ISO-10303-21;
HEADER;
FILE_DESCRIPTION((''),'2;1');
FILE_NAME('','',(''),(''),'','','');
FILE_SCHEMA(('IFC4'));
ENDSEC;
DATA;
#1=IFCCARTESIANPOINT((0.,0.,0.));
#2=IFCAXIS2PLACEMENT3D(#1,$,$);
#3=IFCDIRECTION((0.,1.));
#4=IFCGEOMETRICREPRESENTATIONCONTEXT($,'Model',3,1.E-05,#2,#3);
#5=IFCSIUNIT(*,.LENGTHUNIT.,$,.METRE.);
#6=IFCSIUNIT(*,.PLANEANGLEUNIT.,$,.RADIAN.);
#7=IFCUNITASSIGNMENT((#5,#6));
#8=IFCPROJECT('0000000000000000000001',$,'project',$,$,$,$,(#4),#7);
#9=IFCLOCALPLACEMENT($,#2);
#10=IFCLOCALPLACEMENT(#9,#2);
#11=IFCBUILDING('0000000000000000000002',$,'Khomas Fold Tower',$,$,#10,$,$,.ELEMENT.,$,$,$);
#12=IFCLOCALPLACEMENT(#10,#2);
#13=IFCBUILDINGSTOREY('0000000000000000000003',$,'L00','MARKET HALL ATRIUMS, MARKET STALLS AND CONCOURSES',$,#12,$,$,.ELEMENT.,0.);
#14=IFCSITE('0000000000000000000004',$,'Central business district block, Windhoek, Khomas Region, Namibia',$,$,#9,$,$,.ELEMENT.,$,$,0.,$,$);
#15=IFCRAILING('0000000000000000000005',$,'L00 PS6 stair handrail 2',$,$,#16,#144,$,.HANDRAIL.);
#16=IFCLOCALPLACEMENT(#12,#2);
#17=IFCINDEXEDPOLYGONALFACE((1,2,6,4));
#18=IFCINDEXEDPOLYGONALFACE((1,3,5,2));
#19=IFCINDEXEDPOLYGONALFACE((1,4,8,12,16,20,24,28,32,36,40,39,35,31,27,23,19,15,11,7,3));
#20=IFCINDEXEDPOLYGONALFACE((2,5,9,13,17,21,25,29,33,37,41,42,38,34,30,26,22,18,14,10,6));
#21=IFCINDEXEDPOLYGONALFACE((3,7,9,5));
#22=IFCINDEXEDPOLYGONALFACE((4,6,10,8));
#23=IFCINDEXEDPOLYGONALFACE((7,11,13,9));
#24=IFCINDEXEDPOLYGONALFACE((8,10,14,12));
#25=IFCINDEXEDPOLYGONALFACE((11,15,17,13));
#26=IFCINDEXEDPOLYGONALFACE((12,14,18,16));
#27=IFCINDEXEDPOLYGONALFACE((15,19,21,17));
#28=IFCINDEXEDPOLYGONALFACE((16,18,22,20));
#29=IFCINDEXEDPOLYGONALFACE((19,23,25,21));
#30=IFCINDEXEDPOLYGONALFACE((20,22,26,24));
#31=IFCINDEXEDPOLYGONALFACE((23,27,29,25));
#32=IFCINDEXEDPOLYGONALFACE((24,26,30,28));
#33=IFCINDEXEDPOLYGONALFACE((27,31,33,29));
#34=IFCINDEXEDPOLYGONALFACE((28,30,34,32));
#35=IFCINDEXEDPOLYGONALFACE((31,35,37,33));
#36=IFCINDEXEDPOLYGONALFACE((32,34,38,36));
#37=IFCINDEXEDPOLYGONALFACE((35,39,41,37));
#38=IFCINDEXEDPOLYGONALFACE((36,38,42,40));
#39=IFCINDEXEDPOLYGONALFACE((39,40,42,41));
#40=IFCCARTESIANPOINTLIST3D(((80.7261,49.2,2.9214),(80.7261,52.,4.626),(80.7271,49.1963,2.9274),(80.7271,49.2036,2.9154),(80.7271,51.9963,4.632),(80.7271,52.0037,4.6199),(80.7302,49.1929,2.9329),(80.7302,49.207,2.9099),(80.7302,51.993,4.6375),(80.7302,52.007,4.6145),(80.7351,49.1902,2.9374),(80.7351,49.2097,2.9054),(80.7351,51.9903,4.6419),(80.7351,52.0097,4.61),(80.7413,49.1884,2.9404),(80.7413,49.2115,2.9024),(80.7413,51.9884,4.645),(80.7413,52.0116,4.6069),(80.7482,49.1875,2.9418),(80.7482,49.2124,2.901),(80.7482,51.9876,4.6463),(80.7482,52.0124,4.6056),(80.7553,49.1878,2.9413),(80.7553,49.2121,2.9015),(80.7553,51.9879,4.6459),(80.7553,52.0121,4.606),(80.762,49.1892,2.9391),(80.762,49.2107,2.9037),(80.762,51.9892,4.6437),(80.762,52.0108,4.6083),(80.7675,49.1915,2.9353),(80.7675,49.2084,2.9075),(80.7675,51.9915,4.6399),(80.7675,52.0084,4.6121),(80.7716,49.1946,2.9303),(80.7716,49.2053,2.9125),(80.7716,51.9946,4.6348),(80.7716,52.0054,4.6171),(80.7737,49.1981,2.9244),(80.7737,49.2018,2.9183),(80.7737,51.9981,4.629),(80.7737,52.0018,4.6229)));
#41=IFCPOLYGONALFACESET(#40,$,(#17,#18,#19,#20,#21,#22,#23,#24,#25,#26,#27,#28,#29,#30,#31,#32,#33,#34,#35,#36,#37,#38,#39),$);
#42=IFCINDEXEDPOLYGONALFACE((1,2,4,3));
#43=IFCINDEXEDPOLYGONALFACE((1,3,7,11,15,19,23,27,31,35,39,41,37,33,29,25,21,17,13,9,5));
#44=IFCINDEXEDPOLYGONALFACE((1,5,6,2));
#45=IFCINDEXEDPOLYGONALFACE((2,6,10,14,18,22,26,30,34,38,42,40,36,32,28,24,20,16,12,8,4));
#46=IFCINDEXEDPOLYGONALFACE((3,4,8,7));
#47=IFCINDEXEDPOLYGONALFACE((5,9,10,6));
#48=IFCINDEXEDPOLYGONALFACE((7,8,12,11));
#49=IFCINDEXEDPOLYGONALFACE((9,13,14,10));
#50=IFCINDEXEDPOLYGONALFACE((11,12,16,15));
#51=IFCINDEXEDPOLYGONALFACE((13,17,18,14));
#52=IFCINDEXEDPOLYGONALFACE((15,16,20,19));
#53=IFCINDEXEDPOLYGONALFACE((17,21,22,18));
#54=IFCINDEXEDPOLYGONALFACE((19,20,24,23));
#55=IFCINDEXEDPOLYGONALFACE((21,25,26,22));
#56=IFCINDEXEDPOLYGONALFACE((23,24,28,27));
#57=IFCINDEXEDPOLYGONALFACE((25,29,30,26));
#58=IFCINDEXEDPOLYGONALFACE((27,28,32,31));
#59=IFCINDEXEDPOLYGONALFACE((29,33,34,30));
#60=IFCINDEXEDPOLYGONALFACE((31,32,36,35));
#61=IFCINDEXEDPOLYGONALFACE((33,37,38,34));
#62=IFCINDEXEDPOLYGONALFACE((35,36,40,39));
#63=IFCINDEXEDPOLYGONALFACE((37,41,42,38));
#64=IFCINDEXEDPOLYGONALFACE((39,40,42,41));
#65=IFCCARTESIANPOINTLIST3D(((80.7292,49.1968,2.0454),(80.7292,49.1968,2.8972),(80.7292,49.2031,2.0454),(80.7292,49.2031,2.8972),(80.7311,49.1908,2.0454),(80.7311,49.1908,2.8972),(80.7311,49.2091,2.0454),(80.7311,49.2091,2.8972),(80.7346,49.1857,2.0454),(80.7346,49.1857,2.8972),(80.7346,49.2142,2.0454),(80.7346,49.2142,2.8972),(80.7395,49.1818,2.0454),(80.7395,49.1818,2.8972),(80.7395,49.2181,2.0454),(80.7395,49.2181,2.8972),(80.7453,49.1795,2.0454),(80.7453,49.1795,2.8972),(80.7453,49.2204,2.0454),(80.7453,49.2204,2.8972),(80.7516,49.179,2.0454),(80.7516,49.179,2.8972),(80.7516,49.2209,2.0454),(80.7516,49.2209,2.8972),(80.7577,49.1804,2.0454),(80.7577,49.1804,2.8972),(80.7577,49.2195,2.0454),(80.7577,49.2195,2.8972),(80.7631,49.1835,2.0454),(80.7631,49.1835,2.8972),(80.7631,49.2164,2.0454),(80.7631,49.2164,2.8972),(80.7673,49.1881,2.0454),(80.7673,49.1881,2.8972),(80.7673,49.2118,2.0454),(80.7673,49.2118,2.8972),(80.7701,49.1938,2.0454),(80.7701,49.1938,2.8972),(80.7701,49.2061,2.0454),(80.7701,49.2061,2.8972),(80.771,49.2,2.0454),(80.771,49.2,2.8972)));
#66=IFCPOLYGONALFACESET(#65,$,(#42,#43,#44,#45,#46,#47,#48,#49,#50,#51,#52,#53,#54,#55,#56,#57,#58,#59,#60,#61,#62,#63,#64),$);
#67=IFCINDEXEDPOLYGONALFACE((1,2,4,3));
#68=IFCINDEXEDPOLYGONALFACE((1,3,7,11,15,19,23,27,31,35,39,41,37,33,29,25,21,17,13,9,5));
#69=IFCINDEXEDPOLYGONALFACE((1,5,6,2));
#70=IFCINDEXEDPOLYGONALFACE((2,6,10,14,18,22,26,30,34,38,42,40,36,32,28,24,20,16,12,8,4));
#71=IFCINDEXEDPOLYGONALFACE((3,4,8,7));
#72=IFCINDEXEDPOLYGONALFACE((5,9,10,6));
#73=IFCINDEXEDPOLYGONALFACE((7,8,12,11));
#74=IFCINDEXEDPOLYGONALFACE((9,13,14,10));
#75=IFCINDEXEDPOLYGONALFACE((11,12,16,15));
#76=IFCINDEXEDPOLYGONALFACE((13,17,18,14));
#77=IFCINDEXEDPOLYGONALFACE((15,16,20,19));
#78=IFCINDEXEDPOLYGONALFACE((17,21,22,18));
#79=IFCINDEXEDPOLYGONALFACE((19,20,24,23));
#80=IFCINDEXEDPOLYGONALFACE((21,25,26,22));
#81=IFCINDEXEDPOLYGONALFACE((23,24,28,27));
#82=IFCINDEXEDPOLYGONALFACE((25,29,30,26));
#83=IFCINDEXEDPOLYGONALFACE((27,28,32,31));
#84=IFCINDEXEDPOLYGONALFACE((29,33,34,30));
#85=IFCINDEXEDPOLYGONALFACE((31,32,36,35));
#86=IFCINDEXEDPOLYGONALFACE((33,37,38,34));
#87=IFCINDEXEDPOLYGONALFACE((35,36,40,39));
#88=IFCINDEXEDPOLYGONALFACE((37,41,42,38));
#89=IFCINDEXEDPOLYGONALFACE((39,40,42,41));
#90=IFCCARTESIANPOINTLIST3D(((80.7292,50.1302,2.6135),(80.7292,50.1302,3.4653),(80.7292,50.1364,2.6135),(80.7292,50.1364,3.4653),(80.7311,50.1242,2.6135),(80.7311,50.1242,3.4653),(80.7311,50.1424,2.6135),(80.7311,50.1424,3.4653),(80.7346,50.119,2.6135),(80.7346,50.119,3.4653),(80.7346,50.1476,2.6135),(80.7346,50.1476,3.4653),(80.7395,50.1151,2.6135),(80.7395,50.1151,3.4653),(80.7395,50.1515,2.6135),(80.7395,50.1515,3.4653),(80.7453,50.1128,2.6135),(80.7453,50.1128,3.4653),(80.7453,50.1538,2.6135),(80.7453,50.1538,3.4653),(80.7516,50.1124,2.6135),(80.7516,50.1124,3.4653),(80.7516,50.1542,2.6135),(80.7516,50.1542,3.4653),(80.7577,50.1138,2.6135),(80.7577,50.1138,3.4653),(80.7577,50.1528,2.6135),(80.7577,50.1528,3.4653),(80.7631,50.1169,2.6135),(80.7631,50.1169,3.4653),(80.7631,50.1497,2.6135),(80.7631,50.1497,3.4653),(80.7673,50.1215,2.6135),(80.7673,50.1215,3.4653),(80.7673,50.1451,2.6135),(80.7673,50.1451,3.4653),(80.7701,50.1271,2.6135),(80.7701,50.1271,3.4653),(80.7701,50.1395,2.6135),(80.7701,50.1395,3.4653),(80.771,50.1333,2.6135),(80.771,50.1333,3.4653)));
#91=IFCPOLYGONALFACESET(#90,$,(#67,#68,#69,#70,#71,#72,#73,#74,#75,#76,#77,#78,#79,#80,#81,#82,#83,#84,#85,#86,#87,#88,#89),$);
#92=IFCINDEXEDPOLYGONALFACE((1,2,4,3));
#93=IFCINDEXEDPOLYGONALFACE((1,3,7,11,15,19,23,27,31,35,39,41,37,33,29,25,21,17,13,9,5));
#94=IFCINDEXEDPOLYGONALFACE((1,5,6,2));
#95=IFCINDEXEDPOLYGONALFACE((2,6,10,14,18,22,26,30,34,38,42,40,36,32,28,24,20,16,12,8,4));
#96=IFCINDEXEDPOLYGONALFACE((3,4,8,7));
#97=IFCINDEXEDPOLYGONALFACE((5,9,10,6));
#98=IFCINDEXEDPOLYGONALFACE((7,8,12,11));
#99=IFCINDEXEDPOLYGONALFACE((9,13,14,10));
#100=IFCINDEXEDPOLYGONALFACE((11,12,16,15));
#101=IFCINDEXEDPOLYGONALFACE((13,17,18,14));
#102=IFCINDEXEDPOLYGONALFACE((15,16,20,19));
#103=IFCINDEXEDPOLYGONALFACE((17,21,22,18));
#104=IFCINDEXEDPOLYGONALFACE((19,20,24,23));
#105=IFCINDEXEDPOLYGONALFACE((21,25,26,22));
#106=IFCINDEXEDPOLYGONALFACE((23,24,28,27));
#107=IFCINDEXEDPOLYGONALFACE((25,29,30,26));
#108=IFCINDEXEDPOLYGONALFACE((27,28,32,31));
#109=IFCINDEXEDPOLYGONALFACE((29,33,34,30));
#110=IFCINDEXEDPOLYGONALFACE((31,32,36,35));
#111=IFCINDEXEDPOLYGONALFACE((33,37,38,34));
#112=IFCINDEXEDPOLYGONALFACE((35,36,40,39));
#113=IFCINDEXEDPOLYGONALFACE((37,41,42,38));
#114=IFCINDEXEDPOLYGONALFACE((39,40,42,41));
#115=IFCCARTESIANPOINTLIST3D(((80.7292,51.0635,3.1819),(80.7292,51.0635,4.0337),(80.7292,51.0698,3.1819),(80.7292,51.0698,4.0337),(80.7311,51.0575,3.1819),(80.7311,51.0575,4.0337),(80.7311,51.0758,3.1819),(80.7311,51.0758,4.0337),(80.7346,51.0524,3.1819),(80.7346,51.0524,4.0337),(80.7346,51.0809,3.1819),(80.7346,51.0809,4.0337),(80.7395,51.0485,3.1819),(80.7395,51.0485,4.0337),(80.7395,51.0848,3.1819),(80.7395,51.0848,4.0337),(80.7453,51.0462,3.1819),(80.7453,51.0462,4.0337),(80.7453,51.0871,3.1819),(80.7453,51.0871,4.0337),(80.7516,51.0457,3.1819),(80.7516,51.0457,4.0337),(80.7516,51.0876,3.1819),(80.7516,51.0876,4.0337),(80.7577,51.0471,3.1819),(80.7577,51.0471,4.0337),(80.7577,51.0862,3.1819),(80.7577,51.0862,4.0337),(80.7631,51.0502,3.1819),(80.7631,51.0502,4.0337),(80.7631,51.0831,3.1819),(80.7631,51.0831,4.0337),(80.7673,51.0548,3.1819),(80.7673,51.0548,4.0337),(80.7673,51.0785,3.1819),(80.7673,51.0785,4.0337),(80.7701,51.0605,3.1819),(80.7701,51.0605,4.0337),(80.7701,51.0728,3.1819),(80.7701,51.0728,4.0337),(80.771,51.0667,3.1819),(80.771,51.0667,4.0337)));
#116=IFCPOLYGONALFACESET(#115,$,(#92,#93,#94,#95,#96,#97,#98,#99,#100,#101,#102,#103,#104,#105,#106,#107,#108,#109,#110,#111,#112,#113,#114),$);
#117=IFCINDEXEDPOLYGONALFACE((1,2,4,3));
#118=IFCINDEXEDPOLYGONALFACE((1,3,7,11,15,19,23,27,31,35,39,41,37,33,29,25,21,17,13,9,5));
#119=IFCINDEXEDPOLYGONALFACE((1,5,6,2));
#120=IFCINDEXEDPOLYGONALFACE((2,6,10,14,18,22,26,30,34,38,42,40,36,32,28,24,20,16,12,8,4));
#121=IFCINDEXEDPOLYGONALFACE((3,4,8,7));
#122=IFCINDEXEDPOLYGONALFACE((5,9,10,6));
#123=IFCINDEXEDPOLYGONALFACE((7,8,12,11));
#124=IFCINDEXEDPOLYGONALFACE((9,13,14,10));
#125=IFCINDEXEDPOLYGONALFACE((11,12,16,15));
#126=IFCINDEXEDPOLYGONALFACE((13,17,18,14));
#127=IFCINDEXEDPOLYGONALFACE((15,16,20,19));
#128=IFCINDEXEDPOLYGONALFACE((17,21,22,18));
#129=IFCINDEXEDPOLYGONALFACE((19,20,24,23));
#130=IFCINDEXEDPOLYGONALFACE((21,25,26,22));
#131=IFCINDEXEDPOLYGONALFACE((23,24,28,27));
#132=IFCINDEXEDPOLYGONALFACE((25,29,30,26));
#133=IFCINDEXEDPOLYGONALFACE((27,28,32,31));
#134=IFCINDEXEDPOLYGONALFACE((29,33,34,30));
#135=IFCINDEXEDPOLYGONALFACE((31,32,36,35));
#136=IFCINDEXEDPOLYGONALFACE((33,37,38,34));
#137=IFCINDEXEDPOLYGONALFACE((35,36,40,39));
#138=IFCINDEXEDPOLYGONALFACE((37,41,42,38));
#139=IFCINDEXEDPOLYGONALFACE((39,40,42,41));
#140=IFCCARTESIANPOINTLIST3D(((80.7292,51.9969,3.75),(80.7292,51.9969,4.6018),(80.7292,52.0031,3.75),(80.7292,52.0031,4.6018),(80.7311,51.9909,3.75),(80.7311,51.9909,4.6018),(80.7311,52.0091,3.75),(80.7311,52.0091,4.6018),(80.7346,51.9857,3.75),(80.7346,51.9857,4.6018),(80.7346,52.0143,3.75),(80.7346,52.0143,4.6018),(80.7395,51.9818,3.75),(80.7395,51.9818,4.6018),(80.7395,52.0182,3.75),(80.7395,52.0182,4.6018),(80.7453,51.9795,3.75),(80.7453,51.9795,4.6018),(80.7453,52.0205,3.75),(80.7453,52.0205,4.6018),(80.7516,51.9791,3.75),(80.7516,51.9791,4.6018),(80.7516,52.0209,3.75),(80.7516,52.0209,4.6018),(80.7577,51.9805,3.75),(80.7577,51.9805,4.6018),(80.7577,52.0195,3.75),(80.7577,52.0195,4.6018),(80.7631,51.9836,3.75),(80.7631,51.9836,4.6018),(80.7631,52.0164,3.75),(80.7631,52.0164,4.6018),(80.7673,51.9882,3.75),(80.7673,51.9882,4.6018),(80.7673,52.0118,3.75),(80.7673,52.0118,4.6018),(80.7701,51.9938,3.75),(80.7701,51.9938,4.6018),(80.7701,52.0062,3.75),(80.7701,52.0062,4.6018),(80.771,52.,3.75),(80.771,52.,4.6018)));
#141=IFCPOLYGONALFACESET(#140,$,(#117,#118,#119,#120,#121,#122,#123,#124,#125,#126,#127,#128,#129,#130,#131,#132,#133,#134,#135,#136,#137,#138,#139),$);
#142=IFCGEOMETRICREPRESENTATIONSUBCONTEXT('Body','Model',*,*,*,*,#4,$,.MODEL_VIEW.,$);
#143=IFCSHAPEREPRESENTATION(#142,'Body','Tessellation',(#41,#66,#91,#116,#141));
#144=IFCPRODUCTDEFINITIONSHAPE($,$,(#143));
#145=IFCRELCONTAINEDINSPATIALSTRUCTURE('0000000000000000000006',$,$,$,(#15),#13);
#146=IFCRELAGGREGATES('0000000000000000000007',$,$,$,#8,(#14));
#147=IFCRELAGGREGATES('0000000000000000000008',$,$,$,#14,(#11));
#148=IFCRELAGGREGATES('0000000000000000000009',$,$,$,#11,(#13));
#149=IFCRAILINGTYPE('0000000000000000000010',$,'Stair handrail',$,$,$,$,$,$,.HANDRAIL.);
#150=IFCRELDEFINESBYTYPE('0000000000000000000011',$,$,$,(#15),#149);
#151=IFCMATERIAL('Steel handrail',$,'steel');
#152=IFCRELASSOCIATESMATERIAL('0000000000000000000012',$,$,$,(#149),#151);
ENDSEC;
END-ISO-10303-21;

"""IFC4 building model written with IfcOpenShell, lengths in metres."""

from ifc_helpers import new_model, si_unit, direction, frame, origin, origin_2d, place, context, subcontext, project, spatial, circle, extrude, source, transform, mapped, material, type_object, element, save


model = new_model("IFC4")

# Units and contexts
model_context = context("Model", 3, precision=1e-05, world=origin(), true_north=direction((0.0, 1.0)))
body_context = subcontext(model_context, "Body", "Model", "MODEL_VIEW")
ifc_project = project(units=[si_unit("LENGTHUNIT", "METRE"), si_unit("PLANEANGLEUNIT", "RADIAN")], contexts=[model_context])

# Site, building, storey
site_placement = place(None, origin())
site = spatial("IfcSite", under=ifc_project, at=site_placement, Name="Central business district block, Windhoek, Khomas Region, Namibia", CompositionType="ELEMENT", RefElevation=0.0)
building_placement = place(site_placement, origin())
building = spatial("IfcBuilding", under=site, at=building_placement, Name="Khomas Fold Tower", CompositionType="ELEMENT")
storey_placement = place(building_placement, origin())
storey = spatial("IfcBuildingStorey", under=building, at=storey_placement, Name="L00", Description="MARKET HALL ATRIUMS, MARKET STALLS AND CONCOURSES", CompositionType="ELEMENT", Elevation=0.0)

# Railing
ifc_material_1 = material(Name="Steel handrail", Category="steel")
railing_type_1 = type_object("IfcRailingType", Name="Stair handrail", PredefinedType="HANDRAIL", material=ifc_material_1)
shared_shape_1 = source(origin(), body_context, "Body", "SweptSolid", [
    extrude(circle(Radius=0.0239, at=origin_2d()), frame((0.0, 0.0, 0.876), z_axis=(0.0, 0.85417, 0.519994), x_axis=(-1.0, 0.0, 0.0)), (0.0, 0.0, 1.0), 3.2781),
    extrude(circle(Radius=0.021, at=origin_2d()), origin(), (0.0, 0.0, 1.0), 0.8518),
    extrude(circle(Radius=0.021, at=origin_2d()), frame((0.0, 0.9333, 0.5681)), (0.0, 0.0, 1.0), 0.8518),
    extrude(circle(Radius=0.021, at=origin_2d()), frame((0.0, 1.8667, 1.1365)), (0.0, 0.0, 1.0), 0.8518),
    extrude(circle(Radius=0.021, at=origin_2d()), frame((0.0, 2.8, 1.7046)), (0.0, 0.0, 1.0), 0.8518),
])
for number, where, name in (
    (1, (80.75, 49.2, 2.0454), "L00 PS6 stair handrail 2"),
):
    element("IfcRailing", number, at=place(storey_placement, frame(where)), inside=storey, type_object=railing_type_1, Name=name, PredefinedType="HANDRAIL", context=body_context, shape_type="MappedRepresentation", body=[
        mapped(shared_shape_1, transform((0.0, 0.0, 0.0))),
    ])

save(model, "model.ifc")
